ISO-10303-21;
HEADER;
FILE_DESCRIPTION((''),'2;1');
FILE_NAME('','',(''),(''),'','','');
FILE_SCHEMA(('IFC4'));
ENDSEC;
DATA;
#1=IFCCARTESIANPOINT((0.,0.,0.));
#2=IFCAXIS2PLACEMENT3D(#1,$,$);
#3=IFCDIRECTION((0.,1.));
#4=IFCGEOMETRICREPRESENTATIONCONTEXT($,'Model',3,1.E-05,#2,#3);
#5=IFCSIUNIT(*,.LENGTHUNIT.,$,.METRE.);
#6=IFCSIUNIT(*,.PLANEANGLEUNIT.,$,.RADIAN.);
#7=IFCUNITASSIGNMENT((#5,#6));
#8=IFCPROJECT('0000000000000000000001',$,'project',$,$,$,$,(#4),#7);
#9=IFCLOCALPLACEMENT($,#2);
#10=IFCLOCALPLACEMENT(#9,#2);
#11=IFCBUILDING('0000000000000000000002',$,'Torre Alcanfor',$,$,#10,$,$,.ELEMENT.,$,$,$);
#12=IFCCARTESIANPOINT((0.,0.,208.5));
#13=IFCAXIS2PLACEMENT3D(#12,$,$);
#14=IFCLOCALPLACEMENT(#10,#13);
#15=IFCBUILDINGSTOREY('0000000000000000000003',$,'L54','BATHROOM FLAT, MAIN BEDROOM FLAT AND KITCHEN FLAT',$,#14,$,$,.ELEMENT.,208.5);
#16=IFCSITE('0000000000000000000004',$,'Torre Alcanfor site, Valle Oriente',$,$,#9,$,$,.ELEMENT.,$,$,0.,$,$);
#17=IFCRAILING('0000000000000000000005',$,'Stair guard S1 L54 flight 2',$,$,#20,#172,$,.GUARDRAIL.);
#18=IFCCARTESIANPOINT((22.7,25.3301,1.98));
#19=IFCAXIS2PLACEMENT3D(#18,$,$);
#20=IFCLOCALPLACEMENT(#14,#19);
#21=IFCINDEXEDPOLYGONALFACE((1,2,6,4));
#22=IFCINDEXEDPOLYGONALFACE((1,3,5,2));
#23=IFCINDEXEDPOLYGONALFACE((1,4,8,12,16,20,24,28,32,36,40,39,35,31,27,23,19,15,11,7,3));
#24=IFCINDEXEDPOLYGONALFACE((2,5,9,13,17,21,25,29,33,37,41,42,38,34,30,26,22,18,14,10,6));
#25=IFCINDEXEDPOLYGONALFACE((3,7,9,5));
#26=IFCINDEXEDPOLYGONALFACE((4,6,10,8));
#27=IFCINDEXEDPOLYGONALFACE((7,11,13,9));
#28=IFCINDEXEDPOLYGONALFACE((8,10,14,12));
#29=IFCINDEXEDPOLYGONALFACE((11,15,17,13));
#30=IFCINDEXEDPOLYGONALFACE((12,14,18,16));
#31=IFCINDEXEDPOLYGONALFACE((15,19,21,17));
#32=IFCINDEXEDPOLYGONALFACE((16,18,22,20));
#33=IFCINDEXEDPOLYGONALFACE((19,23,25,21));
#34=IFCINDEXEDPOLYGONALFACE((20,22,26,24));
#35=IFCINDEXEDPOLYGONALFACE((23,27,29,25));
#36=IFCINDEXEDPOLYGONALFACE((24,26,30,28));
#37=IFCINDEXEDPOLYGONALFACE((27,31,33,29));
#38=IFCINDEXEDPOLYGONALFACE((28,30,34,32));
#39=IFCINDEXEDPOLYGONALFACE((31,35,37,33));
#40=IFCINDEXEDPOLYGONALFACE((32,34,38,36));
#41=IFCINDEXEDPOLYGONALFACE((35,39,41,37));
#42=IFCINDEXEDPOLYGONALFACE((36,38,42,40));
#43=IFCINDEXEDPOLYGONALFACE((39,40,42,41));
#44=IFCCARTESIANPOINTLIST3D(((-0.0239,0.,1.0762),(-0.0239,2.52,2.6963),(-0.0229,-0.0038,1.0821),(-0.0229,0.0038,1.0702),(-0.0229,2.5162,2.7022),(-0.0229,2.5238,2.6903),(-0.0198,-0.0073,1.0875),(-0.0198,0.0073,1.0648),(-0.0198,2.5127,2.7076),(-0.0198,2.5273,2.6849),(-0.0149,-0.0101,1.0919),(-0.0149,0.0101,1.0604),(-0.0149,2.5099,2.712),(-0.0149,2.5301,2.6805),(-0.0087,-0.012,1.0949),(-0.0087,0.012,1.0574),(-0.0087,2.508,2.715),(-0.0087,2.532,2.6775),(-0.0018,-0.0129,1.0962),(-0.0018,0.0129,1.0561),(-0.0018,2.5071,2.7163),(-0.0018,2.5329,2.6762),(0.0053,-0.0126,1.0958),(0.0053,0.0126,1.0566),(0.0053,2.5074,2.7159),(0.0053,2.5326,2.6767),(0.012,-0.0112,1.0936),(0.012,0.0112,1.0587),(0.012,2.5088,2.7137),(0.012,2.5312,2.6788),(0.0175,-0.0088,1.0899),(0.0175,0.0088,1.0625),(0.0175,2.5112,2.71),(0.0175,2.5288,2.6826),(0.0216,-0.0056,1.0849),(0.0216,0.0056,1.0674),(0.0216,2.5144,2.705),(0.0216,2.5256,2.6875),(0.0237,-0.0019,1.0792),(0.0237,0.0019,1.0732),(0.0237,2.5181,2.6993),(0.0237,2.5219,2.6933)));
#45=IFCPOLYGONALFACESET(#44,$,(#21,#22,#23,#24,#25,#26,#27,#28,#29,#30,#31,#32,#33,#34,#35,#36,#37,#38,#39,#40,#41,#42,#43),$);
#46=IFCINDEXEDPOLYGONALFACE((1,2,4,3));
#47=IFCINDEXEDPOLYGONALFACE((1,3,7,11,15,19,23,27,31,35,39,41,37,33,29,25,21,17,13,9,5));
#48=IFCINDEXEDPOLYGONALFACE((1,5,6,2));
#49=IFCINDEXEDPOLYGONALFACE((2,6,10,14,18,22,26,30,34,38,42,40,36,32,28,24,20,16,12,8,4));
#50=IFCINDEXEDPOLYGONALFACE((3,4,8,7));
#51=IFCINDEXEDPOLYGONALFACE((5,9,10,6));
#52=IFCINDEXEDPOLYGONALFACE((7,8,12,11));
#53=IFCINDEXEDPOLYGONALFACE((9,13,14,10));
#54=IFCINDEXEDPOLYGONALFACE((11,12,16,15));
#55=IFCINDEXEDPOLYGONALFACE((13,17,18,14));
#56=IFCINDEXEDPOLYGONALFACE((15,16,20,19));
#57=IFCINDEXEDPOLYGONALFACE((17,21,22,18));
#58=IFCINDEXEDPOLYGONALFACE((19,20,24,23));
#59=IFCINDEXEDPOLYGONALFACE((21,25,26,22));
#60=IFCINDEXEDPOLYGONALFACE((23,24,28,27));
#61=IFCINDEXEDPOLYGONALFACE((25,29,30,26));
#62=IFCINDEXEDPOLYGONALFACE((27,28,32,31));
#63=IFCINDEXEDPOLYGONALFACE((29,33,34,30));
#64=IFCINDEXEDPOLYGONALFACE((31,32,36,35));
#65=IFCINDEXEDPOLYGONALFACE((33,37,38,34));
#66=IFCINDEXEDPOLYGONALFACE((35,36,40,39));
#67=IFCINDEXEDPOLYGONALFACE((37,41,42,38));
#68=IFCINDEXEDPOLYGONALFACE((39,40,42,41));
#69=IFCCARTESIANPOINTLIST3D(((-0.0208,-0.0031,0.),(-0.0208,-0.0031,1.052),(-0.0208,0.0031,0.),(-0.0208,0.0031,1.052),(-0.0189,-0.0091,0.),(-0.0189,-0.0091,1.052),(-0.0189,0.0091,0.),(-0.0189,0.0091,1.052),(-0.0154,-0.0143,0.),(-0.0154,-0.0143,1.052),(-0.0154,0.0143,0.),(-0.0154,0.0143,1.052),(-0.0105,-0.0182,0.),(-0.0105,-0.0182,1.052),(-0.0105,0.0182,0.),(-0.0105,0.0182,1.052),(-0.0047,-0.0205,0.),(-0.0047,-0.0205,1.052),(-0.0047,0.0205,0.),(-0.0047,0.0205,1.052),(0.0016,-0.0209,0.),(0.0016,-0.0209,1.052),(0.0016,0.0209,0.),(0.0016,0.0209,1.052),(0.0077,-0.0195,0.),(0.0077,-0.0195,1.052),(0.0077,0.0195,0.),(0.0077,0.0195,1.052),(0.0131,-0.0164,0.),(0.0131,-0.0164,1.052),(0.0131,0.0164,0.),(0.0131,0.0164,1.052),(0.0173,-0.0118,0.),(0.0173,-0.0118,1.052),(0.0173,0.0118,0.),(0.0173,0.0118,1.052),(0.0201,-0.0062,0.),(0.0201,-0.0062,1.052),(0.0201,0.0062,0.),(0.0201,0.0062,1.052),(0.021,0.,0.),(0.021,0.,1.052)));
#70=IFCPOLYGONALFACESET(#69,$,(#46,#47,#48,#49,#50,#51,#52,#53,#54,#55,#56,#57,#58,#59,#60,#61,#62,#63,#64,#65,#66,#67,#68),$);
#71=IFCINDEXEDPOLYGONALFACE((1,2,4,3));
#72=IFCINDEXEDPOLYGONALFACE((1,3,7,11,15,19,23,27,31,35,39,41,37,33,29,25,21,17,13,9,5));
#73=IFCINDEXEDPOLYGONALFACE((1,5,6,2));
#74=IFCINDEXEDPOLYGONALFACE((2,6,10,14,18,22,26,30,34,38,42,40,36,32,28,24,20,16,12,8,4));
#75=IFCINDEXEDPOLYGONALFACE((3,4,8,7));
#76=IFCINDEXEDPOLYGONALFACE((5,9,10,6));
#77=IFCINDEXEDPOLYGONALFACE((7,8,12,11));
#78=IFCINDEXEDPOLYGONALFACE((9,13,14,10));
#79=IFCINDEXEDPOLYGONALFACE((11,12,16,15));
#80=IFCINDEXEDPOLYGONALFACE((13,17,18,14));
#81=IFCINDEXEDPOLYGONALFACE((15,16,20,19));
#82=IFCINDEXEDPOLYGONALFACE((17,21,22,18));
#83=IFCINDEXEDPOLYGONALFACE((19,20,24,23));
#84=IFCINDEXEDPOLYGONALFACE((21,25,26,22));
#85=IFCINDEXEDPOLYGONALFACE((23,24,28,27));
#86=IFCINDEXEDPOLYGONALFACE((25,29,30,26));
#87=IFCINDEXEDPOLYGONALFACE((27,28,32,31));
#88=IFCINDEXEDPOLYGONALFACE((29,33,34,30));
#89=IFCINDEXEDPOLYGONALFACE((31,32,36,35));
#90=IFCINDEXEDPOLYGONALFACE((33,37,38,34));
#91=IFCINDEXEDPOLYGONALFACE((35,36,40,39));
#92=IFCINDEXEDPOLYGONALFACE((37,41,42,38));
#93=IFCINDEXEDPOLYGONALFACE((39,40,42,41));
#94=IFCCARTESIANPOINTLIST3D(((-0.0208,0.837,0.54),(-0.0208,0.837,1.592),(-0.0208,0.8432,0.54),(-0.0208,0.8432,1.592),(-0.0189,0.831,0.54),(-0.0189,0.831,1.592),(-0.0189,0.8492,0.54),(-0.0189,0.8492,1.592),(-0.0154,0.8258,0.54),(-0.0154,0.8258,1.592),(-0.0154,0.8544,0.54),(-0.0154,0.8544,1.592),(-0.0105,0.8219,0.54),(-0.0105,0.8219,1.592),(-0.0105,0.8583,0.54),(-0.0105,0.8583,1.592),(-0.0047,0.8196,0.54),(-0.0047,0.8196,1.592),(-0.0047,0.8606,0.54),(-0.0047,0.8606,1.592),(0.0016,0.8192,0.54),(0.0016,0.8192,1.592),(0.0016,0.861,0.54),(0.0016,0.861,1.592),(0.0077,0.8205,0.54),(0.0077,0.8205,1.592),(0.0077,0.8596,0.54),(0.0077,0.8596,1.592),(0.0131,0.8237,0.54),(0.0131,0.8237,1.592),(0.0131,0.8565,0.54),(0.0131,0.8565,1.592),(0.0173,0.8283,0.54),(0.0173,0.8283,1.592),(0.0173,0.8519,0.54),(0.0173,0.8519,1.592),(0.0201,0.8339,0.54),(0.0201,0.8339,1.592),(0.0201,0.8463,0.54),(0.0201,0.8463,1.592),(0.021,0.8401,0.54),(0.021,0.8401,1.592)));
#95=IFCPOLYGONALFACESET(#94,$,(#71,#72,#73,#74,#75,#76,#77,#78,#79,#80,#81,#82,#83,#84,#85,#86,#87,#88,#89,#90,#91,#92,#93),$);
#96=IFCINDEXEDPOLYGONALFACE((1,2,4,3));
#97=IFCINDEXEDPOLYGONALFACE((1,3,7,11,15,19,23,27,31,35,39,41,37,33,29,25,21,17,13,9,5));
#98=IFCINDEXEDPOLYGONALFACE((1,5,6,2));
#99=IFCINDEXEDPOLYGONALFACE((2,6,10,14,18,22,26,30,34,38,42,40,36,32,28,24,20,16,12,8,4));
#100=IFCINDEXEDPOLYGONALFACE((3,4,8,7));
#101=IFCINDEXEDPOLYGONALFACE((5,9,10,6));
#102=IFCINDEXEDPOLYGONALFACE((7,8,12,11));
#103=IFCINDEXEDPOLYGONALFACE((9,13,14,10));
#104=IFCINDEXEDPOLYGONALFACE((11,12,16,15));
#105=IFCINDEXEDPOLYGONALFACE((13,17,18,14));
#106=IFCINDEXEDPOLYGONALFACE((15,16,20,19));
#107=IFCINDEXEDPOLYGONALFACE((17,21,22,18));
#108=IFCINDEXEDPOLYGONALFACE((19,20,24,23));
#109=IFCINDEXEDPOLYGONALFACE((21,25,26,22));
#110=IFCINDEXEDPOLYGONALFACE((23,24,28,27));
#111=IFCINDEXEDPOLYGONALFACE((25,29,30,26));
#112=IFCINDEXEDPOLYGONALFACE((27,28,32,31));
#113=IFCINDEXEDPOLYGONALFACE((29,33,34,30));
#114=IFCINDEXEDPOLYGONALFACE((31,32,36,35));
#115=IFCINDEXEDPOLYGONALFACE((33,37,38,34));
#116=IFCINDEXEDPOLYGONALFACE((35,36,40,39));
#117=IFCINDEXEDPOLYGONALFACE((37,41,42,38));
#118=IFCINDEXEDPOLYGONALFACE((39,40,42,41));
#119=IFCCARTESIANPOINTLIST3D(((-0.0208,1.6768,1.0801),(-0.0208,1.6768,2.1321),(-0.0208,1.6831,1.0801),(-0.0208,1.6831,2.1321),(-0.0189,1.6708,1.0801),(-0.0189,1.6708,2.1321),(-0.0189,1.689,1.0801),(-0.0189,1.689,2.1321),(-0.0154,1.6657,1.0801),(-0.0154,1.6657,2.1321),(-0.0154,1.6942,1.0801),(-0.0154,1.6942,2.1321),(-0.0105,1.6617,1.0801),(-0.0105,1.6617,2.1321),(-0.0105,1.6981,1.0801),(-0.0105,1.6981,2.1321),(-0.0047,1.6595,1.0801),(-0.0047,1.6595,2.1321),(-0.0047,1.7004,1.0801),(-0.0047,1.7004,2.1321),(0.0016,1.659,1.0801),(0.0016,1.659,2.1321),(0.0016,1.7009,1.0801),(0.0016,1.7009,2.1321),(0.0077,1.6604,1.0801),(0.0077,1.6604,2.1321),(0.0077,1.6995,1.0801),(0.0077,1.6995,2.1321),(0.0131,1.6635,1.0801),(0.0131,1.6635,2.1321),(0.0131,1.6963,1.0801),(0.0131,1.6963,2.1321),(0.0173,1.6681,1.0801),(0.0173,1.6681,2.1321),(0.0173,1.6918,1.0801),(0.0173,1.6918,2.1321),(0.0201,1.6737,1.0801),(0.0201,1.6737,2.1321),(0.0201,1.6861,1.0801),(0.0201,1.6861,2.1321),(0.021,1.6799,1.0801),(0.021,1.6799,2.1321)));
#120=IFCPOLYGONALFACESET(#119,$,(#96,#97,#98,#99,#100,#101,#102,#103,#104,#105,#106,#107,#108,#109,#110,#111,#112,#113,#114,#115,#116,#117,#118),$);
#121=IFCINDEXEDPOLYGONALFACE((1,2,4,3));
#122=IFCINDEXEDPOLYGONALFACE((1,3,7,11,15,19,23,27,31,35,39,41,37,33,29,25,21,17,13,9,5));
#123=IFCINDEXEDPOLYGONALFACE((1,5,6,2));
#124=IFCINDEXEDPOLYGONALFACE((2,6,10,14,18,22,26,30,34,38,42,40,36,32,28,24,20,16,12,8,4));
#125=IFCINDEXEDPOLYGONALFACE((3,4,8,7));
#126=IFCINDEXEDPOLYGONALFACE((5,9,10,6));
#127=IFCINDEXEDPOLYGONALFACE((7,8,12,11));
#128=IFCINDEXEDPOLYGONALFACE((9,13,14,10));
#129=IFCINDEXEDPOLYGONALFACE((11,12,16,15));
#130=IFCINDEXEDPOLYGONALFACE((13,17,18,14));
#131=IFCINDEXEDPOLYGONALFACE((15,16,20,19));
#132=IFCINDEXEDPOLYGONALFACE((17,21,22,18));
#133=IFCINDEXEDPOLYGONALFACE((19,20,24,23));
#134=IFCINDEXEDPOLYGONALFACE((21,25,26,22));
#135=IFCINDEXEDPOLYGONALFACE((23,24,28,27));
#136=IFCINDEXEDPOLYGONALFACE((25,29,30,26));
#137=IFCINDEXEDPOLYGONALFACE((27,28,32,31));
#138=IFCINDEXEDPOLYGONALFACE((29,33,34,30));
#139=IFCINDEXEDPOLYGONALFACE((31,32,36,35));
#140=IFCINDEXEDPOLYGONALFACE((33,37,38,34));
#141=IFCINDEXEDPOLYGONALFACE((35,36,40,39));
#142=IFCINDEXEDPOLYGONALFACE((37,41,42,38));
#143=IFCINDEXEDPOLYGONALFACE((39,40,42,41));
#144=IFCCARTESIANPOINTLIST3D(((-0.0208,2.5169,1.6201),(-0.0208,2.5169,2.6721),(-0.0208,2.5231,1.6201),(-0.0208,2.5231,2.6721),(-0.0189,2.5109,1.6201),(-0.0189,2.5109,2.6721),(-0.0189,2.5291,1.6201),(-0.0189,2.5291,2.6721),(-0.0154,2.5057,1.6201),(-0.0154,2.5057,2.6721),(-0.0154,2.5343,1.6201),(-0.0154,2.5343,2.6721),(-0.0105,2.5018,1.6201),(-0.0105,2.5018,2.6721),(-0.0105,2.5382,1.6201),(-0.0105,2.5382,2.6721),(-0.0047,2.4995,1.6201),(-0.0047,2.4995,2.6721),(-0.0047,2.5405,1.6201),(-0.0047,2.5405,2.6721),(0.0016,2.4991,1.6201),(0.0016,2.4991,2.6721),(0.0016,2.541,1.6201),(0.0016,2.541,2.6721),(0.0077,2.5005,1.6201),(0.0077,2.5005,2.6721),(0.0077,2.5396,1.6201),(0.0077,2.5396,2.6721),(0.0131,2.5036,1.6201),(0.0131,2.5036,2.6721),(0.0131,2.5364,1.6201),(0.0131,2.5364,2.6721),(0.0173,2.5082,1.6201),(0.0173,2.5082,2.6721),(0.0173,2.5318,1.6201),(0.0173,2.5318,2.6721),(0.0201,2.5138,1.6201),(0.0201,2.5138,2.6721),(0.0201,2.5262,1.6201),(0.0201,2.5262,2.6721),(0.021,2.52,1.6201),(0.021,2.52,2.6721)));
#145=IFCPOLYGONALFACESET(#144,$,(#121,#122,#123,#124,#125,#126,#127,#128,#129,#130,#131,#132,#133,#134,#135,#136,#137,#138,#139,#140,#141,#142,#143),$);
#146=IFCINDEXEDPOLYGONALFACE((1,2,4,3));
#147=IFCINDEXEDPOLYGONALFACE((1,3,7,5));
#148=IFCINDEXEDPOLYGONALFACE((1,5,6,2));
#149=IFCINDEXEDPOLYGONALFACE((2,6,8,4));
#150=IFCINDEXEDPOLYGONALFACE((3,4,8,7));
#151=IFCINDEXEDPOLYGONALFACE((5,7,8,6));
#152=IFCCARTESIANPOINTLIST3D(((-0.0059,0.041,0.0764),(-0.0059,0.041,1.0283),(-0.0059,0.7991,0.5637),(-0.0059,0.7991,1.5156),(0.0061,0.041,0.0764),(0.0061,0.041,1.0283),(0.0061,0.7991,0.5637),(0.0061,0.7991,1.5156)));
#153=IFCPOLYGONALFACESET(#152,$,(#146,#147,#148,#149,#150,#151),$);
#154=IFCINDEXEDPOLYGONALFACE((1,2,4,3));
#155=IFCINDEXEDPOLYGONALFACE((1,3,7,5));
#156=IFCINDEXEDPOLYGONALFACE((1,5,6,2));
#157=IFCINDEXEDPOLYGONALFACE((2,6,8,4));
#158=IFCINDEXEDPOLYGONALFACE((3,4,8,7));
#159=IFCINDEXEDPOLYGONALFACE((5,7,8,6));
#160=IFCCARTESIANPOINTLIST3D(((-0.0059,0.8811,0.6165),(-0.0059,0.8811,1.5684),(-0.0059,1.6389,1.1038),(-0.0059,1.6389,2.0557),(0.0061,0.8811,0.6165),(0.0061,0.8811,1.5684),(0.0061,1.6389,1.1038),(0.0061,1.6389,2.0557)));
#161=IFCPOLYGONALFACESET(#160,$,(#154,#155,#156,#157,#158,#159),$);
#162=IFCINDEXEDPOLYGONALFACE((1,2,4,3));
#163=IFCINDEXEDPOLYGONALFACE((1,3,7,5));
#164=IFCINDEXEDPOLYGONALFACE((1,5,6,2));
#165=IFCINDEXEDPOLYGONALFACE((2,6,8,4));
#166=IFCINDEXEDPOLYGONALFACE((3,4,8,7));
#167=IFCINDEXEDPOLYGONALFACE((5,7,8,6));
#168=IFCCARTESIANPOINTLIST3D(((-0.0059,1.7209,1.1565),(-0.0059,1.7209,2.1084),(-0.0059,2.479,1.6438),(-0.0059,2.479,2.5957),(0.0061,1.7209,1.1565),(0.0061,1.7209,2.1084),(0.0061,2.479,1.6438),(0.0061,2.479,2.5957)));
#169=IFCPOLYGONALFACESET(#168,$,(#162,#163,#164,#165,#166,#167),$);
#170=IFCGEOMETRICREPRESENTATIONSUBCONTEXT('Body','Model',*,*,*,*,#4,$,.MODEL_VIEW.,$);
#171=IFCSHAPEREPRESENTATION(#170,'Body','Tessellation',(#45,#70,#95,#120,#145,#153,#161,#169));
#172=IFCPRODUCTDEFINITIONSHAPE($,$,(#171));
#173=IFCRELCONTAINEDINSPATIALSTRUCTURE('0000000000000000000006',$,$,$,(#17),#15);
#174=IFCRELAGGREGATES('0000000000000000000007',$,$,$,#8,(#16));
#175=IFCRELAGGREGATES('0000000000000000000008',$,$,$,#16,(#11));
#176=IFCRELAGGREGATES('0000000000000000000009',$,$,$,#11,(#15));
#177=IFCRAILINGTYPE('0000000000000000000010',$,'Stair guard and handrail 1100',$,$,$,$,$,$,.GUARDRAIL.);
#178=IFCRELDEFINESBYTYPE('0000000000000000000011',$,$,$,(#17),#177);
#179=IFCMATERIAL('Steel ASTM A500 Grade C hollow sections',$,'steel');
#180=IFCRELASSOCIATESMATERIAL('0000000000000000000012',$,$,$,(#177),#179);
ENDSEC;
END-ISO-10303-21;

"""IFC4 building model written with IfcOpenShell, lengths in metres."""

from ifc_helpers import new_model, si_unit, direction, frame, origin, origin_2d, place, context, subcontext, project, spatial, polyline, circle, outline, extrude, material, type_object, element, save


model = new_model("IFC4")

# Units and contexts
model_context = context("Model", 3, precision=1e-05, world=origin(), true_north=direction((0.0, 1.0)))
body_context = subcontext(model_context, "Body", "Model", "MODEL_VIEW")
ifc_project = project(units=[si_unit("LENGTHUNIT", "METRE"), si_unit("PLANEANGLEUNIT", "RADIAN")], contexts=[model_context])

# Site, building, storey
site_placement = place(None, origin())
site = spatial("IfcSite", under=ifc_project, at=site_placement, Name="Torre Alcanfor site, Valle Oriente", CompositionType="ELEMENT", RefElevation=0.0)
building_placement = place(site_placement, origin())
building = spatial("IfcBuilding", under=site, at=building_placement, Name="Torre Alcanfor", CompositionType="ELEMENT")
storey_placement = place(building_placement, frame((0.0, 0.0, 208.5)))
storey = spatial("IfcBuildingStorey", under=building, at=storey_placement, Name="L54", Description="BATHROOM FLAT, MAIN BEDROOM FLAT AND KITCHEN FLAT", CompositionType="ELEMENT", Elevation=208.5)

# Railing
ifc_material_1 = material(Name="Steel ASTM A500 Grade C hollow sections", Category="steel")
railing_type_1 = type_object("IfcRailingType", Name="Stair guard and handrail 1100", PredefinedType="GUARDRAIL", material=ifc_material_1)
railing_1_placement = place(storey_placement, frame((22.7, 25.3301, 1.98)))
element("IfcRailing", 1, at=railing_1_placement, inside=storey, type_object=railing_type_1, Name="Stair guard S1 L54 flight 2", PredefinedType="GUARDRAIL", context=body_context, shape_type="SweptSolid", body=[
    extrude(circle(Radius=0.0239, at=origin_2d()), frame((0.0, 0.0, 1.0762), z_axis=(0.0, 0.841163, 0.540782), x_axis=(-1.0, 0.0, 0.0)), (0.0, 0.0, 1.0), 2.9958),
    extrude(circle(Radius=0.021, at=origin_2d()), origin(), (0.0, 0.0, 1.0), 1.052),
    extrude(circle(Radius=0.021, at=origin_2d()), frame((0.0, 0.8401, 0.54)), (0.0, 0.0, 1.0), 1.052),
    extrude(circle(Radius=0.021, at=origin_2d()), frame((0.0, 1.6799, 1.0801)), (0.0, 0.0, 1.0), 1.052),
    extrude(circle(Radius=0.021, at=origin_2d()), frame((0.0, 2.52, 1.6201)), (0.0, 0.0, 1.0), 1.052),
    extrude(outline(polyline([(0.041, 0.0764), (0.7991, 0.5637), (0.7991, 1.5156), (0.041, 1.0283), (0.041, 0.0764)])), frame((-0.0059, 0.0, 0.0), z_axis=(1.0, 0.0, 0.0), x_axis=(0.0, 1.0, 0.0)), (0.0, 0.0, 1.0), 0.012),
    extrude(outline(polyline([(0.8811, 0.6165), (1.6389, 1.1038), (1.6389, 2.0557), (0.8811, 1.5684), (0.8811, 0.6165)])), frame((-0.0059, 0.0, 0.0), z_axis=(1.0, 0.0, 0.0), x_axis=(0.0, 1.0, 0.0)), (0.0, 0.0, 1.0), 0.012),
    extrude(outline(polyline([(1.7209, 1.1565), (2.479, 1.6438), (2.479, 2.5957), (1.7209, 2.1084), (1.7209, 1.1565)])), frame((-0.0059, 0.0, 0.0), z_axis=(1.0, 0.0, 0.0), x_axis=(0.0, 1.0, 0.0)), (0.0, 0.0, 1.0), 0.012),
])

save(model, "model.ifc")
